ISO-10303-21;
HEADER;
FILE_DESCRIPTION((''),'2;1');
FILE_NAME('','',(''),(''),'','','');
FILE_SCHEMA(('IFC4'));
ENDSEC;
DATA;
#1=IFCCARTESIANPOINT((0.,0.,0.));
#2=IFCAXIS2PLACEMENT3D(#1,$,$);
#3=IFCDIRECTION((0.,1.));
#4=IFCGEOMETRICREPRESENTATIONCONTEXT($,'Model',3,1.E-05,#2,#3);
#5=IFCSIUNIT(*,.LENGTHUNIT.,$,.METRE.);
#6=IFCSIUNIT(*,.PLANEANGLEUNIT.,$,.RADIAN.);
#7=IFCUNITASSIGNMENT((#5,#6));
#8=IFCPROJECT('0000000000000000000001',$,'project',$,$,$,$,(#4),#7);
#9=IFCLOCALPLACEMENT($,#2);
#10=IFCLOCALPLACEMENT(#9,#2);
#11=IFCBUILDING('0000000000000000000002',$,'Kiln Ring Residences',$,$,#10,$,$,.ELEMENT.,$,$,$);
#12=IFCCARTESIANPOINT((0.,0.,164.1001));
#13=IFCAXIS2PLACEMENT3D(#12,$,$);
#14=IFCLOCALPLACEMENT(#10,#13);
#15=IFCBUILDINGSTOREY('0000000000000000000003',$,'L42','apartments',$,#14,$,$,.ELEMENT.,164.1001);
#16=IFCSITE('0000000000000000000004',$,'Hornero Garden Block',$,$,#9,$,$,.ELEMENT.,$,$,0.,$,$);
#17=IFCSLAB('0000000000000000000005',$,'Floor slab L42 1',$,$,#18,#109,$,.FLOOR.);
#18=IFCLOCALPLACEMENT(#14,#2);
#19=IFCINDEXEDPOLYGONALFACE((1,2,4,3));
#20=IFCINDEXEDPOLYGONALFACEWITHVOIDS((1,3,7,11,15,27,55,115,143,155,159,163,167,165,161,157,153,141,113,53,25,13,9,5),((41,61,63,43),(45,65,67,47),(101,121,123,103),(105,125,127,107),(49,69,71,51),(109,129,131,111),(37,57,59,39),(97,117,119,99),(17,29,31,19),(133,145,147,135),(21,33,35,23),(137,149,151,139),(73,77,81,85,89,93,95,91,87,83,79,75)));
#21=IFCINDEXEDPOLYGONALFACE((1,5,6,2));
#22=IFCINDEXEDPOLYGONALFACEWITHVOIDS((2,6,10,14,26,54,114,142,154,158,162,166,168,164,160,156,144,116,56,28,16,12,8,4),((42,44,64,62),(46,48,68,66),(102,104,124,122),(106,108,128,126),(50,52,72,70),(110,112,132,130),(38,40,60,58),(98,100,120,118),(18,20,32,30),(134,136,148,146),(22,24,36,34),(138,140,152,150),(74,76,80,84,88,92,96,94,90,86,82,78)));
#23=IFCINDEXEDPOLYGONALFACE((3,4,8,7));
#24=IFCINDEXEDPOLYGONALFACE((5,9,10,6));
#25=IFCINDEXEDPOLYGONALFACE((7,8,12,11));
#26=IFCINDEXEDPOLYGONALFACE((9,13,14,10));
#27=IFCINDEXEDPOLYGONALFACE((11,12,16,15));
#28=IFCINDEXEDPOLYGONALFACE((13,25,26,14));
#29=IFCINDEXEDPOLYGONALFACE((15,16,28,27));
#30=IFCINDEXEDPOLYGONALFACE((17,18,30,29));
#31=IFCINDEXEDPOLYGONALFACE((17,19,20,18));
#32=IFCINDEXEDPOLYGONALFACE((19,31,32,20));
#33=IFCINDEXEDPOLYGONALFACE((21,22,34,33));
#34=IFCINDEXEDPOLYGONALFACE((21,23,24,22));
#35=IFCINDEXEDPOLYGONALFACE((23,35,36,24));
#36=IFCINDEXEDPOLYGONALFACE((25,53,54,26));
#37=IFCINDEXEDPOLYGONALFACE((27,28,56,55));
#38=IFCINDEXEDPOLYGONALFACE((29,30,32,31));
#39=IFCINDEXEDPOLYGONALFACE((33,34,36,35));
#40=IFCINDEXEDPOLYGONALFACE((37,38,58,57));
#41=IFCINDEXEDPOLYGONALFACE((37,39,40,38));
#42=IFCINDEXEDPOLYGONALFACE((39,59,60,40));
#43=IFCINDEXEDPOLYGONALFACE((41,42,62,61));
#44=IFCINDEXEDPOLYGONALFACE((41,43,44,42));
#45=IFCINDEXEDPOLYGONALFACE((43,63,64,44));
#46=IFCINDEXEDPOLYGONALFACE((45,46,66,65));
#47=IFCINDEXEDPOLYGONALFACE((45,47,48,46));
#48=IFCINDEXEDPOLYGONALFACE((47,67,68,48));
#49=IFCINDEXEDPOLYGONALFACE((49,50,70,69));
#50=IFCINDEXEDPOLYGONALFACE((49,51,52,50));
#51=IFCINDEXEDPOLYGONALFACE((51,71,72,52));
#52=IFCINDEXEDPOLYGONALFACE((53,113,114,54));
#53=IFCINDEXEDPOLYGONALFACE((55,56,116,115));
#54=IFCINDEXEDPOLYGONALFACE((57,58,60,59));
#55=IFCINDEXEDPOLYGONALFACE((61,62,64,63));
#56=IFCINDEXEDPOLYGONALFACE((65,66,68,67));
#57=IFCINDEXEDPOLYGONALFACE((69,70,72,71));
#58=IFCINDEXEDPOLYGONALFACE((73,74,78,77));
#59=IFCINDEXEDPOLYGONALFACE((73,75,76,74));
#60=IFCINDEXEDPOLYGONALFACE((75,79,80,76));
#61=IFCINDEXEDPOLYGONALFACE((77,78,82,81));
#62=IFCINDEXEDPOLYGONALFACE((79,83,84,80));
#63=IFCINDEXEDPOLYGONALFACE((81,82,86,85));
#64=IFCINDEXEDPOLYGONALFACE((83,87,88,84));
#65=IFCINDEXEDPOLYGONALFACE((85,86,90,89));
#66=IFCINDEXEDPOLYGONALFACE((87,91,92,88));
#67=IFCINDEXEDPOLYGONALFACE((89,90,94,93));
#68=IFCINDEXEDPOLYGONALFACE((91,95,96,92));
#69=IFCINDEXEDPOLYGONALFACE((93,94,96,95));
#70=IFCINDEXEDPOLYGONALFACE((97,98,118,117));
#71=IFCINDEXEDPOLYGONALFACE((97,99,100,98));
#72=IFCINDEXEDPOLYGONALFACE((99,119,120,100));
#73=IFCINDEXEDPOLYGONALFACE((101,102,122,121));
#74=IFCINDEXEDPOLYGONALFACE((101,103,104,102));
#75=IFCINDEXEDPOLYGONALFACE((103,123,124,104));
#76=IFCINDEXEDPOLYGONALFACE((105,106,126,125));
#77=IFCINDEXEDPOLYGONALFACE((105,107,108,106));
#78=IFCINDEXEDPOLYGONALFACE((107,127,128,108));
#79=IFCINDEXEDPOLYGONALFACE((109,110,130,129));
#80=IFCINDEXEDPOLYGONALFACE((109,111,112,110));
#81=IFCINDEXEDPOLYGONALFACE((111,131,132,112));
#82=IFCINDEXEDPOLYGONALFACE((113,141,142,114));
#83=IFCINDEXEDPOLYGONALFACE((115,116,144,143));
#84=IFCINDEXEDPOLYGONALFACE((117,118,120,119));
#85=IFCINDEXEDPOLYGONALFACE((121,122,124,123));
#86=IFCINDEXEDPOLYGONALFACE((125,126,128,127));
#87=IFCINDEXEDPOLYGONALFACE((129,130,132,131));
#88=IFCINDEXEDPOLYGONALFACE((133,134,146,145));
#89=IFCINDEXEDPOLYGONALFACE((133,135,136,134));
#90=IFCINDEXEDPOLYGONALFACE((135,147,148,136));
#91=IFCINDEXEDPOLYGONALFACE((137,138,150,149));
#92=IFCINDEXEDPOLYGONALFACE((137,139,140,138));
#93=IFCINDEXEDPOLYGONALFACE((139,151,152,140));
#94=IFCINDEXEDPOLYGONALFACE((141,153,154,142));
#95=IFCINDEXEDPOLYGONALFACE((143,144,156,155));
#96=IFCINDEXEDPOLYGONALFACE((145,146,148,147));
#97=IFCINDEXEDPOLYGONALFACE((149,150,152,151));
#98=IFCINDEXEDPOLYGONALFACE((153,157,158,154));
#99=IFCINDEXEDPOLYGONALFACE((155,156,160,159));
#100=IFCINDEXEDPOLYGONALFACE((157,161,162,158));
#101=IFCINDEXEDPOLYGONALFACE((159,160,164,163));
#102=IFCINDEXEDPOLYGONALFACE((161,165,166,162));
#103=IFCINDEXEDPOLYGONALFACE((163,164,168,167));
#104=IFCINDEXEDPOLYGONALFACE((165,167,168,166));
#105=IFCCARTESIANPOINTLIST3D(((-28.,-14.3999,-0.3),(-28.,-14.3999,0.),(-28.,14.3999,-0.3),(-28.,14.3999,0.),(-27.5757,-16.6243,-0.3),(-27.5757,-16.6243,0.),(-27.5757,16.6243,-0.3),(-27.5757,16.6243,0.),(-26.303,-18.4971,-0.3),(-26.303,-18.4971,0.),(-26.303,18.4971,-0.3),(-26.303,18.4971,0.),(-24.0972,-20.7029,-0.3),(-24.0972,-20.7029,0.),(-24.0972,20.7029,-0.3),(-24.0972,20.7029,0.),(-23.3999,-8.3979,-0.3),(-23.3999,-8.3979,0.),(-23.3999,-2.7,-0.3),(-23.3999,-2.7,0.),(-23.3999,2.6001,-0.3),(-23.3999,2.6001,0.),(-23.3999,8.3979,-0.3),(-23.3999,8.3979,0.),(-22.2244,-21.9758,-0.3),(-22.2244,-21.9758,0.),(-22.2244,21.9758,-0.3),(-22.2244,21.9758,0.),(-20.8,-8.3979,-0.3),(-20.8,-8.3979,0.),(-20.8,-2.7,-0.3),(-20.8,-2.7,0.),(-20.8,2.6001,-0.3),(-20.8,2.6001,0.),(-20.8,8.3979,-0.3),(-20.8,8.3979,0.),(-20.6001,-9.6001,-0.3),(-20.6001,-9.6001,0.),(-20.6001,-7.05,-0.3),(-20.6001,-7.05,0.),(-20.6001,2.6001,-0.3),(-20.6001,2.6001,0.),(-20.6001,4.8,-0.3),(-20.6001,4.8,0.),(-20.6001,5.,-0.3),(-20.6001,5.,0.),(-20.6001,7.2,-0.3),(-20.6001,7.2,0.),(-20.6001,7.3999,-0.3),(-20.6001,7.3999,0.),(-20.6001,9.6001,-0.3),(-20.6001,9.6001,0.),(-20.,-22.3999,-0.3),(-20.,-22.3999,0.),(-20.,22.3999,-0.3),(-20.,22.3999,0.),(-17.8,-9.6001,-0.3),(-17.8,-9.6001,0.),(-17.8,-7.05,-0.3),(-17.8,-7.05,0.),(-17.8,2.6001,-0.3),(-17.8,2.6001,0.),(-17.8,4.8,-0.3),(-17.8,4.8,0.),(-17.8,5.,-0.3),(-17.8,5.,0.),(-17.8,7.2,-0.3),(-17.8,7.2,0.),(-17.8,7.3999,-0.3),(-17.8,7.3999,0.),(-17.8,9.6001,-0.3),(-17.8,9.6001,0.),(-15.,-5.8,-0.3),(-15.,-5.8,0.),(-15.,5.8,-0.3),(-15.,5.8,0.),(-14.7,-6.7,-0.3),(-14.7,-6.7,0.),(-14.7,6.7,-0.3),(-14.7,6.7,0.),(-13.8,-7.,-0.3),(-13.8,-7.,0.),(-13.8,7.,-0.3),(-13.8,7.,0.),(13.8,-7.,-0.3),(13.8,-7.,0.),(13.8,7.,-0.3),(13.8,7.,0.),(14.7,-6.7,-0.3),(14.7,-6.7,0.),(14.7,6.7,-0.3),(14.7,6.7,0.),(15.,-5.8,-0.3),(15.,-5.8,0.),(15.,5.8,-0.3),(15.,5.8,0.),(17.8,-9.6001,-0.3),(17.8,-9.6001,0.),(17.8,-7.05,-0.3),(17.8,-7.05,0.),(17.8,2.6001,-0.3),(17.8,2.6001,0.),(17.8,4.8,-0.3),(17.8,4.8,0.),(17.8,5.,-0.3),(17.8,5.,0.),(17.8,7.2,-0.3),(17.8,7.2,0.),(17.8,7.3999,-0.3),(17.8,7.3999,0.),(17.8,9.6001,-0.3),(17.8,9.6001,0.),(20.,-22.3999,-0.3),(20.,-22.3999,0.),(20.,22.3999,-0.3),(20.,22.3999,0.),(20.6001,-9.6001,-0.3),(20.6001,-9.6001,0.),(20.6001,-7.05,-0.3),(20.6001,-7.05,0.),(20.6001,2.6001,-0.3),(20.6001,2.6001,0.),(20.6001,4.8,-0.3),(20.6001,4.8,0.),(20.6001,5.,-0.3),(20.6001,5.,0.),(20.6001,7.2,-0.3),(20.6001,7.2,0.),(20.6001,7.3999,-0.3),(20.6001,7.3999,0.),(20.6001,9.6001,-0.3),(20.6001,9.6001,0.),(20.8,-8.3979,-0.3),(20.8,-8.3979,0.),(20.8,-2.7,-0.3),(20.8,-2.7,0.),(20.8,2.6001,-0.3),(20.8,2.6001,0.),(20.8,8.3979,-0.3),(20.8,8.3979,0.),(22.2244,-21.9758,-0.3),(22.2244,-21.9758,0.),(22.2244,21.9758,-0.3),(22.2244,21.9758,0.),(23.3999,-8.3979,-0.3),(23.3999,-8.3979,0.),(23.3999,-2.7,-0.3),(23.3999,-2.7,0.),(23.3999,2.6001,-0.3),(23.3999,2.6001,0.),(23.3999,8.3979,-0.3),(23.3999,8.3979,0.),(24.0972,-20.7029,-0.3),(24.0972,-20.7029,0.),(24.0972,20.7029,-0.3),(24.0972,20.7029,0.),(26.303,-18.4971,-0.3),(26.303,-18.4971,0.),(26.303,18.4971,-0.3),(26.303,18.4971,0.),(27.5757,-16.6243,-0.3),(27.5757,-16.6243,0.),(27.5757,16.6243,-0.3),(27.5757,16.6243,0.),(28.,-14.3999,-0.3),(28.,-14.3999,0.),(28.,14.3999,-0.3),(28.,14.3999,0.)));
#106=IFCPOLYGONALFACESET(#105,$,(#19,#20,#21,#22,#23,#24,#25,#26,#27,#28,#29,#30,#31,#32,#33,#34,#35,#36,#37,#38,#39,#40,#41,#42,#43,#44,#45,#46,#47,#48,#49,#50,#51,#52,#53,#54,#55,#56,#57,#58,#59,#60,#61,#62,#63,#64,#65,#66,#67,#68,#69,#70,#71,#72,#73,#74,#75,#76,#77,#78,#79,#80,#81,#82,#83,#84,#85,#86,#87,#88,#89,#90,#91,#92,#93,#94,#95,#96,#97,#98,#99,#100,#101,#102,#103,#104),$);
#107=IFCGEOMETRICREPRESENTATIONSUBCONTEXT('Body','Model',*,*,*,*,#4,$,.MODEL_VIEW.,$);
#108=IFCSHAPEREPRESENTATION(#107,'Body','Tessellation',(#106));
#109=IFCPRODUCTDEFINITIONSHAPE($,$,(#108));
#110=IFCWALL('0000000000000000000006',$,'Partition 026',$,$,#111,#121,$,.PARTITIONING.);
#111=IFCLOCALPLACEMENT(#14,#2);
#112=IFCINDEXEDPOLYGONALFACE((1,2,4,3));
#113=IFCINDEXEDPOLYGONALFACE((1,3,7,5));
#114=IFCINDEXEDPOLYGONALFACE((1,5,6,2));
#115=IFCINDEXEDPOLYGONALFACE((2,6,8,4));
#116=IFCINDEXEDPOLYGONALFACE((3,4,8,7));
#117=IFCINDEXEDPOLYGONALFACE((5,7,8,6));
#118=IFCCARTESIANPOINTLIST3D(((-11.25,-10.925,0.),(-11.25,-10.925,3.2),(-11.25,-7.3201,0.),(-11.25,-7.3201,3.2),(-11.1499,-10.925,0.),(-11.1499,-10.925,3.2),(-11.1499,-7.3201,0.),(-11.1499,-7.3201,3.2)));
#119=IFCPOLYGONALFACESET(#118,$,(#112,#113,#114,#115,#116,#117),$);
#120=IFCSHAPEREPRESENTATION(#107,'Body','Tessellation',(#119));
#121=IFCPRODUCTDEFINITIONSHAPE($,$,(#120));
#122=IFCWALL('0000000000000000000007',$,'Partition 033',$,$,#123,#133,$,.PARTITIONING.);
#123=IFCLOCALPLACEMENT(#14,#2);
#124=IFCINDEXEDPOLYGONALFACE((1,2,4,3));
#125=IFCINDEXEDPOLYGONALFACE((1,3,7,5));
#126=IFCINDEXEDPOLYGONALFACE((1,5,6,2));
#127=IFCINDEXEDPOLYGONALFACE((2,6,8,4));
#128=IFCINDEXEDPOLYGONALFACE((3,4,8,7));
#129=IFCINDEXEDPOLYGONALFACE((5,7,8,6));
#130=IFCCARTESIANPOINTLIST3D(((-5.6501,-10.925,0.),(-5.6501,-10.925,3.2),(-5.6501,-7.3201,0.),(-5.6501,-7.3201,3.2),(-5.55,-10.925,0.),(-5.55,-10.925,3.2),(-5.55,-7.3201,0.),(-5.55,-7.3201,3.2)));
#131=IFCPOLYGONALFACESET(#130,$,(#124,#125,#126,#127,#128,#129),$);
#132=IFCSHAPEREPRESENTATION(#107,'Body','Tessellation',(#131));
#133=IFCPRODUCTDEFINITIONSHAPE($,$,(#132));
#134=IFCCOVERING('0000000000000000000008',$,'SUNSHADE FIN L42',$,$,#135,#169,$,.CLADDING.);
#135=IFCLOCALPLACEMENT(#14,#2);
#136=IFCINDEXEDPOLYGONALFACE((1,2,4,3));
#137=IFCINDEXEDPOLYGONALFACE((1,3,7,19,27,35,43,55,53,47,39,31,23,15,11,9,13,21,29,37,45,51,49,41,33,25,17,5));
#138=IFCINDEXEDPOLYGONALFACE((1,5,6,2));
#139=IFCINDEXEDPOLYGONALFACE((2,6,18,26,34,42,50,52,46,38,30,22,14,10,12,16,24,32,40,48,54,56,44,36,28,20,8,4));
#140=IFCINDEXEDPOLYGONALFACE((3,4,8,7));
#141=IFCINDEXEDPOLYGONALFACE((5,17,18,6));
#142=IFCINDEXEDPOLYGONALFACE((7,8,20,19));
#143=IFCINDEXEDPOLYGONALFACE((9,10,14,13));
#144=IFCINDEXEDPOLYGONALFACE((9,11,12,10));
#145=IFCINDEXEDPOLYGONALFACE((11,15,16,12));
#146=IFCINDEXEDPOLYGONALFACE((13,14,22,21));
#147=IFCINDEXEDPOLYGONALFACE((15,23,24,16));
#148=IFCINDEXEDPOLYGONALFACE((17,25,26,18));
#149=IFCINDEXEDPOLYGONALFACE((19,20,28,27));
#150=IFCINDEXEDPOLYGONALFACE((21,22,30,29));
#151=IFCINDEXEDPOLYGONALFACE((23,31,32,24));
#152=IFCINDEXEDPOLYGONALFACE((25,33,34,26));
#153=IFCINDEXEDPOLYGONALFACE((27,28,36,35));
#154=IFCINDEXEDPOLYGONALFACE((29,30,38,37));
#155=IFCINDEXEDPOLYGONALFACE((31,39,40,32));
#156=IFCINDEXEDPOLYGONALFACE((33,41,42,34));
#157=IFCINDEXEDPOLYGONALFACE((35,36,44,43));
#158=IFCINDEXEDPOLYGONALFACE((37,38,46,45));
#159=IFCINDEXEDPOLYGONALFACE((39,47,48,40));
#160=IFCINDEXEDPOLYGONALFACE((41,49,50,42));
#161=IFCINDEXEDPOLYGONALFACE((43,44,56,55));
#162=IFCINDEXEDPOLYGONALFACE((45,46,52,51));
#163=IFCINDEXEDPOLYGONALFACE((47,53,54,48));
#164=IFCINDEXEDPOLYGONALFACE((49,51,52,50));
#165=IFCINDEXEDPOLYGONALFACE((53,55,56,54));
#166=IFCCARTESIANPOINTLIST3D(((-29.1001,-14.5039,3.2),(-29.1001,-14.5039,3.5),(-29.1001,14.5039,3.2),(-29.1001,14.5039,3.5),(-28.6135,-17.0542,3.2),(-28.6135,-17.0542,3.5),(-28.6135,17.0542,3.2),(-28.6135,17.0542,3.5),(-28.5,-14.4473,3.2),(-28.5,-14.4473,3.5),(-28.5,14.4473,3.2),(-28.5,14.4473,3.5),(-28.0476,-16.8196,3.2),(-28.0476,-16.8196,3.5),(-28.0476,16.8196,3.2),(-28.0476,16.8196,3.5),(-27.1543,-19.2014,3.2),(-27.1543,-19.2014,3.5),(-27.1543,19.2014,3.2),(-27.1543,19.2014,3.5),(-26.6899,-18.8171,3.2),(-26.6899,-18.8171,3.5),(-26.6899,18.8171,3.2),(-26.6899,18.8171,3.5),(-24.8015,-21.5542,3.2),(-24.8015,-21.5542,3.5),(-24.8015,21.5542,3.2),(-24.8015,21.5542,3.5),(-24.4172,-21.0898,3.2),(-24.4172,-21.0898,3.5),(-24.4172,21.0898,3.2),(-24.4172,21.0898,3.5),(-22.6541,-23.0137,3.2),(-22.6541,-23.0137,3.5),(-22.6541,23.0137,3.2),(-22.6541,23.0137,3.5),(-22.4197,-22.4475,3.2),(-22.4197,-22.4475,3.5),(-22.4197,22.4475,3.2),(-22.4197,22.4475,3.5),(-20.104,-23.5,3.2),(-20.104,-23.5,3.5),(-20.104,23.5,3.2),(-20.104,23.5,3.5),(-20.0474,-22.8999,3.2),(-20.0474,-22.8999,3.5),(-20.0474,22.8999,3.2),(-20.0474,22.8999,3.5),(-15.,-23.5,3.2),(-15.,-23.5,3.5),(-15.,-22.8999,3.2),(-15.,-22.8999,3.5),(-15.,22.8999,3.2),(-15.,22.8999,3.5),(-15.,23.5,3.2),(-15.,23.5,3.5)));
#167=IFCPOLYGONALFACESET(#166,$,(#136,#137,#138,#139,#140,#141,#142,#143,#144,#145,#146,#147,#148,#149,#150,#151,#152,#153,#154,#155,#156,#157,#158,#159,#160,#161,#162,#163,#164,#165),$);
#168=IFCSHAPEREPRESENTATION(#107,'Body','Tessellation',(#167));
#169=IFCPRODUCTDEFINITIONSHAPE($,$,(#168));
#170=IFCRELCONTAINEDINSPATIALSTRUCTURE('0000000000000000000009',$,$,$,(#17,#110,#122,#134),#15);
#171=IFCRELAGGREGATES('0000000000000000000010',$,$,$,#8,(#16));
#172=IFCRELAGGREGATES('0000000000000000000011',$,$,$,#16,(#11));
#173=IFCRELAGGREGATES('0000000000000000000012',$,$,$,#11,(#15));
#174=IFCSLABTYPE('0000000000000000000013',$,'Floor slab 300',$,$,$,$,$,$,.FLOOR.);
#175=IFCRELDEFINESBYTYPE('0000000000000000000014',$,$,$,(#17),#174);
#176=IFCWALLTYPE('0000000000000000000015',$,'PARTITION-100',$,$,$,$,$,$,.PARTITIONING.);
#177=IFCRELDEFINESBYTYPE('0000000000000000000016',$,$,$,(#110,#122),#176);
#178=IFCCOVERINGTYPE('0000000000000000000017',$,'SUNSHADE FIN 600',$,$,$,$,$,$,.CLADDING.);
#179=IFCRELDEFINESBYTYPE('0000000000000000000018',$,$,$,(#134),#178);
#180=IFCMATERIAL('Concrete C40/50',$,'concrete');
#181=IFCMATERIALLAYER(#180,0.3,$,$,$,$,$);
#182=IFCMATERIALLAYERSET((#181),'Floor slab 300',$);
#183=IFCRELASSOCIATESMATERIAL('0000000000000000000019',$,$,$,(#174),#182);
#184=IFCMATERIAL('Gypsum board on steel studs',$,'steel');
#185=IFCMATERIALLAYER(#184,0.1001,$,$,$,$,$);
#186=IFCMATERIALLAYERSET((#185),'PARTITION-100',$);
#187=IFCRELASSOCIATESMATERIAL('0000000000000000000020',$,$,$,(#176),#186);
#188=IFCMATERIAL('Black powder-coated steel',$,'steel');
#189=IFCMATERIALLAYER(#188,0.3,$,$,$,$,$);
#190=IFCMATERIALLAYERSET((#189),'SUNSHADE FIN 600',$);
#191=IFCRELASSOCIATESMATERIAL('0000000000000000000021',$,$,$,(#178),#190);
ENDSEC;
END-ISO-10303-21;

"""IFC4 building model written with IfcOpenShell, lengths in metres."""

from ifc_helpers import new_model, si_unit, direction, frame, frame_2d, origin, place, context, subcontext, project, spatial, polyline, rectangle, outline, extrude, material, layer, layer_set, type_object, element, save


model = new_model("IFC4")

# Units and contexts
model_context = context("Model", 3, precision=1e-05, world=origin(), true_north=direction((0.0, 1.0)))
body_context = subcontext(model_context, "Body", "Model", "MODEL_VIEW")
ifc_project = project(units=[si_unit("LENGTHUNIT", "METRE"), si_unit("PLANEANGLEUNIT", "RADIAN")], contexts=[model_context])

# Site, building, storey
site_placement = place(None, origin())
site = spatial("IfcSite", under=ifc_project, at=site_placement, Name="Hornero Garden Block", CompositionType="ELEMENT", RefElevation=0.0)
building_placement = place(site_placement, origin())
building = spatial("IfcBuilding", under=site, at=building_placement, Name="Kiln Ring Residences", CompositionType="ELEMENT")
storey_placement = place(building_placement, frame((0.0, 0.0, 164.1001)))
storey = spatial("IfcBuildingStorey", under=building, at=storey_placement, Name="L42", Description="apartments", CompositionType="ELEMENT", Elevation=164.1001)

# Slab
ifc_material_1 = material(Name="Concrete C40/50", Category="concrete")
ifc_layer_1 = layer(ifc_material_1, 0.3)
ifc_layer_set_1 = layer_set([ifc_layer_1], Name="Floor slab 300")
slab_type = type_object("IfcSlabType", Name="Floor slab 300", PredefinedType="FLOOR", material=ifc_layer_set_1)
slab_placement = place(storey_placement, frame((0.0, 0.0, -0.3)))
element("IfcSlab", 1, at=slab_placement, inside=storey, type_object=slab_type, Name="Floor slab L42 1", PredefinedType="FLOOR", context=body_context, shape_type="SweptSolid", body=[
    extrude(outline(polyline([(-26.303, -18.4971), (-24.0972, -20.7029), (-22.2244, -21.9758), (-20.0, -22.3999), (20.0, -22.3999), (22.2244, -21.9758), (24.0972, -20.7029), (26.303, -18.4971), (27.5757, -16.6243), (28.0, -14.3999), (28.0, 14.3999), (27.5757, 16.6243), (26.303, 18.4971), (24.0972, 20.7029), (22.2244, 21.9758), (20.0, 22.3999), (-20.0, 22.3999), (-22.2244, 21.9758), (-24.0972, 20.7029), (-26.303, 18.4971), (-27.5757, 16.6243), (-28.0, 14.3999), (-28.0, -14.3999), (-27.5757, -16.6243), (-26.303, -18.4971)]), holes=[polyline([(-14.7, -6.7), (-15.0, -5.8), (-15.0, 5.8), (-14.7, 6.7), (-13.8, 7.0), (13.8, 7.0), (14.7, 6.7), (15.0, 5.8), (15.0, -5.8), (14.7, -6.7), (13.8, -7.0), (-13.8, -7.0), (-14.7, -6.7)]), polyline([(20.8, -8.3979), (20.8, -2.7), (23.3999, -2.7), (23.3999, -8.3979), (20.8, -8.3979)]), polyline([(23.3999, 2.6001), (20.8, 2.6001), (20.8, 8.3979), (23.3999, 8.3979), (23.3999, 2.6001)]), polyline([(17.8, 2.6001), (17.8, 4.8), (20.6001, 4.8), (20.6001, 2.6001), (17.8, 2.6001)]), polyline([(17.8, 5.0), (17.8, 7.2), (20.6001, 7.2), (20.6001, 5.0), (17.8, 5.0)]), polyline([(17.8, 7.3999), (17.8, 9.6001), (20.6001, 9.6001), (20.6001, 7.3999), (17.8, 7.3999)]), polyline([(20.6001, -9.6001), (17.8, -9.6001), (17.8, -7.05), (20.6001, -7.05), (20.6001, -9.6001)]), polyline([(-17.8, -7.05), (-17.8, -9.6001), (-20.6001, -9.6001), (-20.6001, -7.05), (-17.8, -7.05)]), polyline([(-17.8, 2.6001), (-20.6001, 2.6001), (-20.6001, 4.8), (-17.8, 4.8), (-17.8, 2.6001)]), polyline([(-17.8, 5.0), (-20.6001, 5.0), (-20.6001, 7.2), (-17.8, 7.2), (-17.8, 5.0)]), polyline([(-17.8, 7.3999), (-20.6001, 7.3999), (-20.6001, 9.6001), (-17.8, 9.6001), (-17.8, 7.3999)]), polyline([(-20.8, -8.3979), (-23.3999, -8.3979), (-23.3999, -2.7), (-20.8, -2.7), (-20.8, -8.3979)]), polyline([(-20.8, 8.3979), (-20.8, 2.6001), (-23.3999, 2.6001), (-23.3999, 8.3979), (-20.8, 8.3979)])]), origin(), (0.0, 0.0, 1.0), 0.3),
])

# Walls
ifc_material_2 = material(Name="Gypsum board on steel studs", Category="steel")
ifc_layer_2 = layer(ifc_material_2, 0.1001)
ifc_layer_set_2 = layer_set([ifc_layer_2], Name="PARTITION-100")
wall_type = type_object("IfcWallType", Name="PARTITION-100", PredefinedType="PARTITIONING", material=ifc_layer_set_2)
for number, where, z_axis, x_axis, name in (
    (2, (-11.2, -10.925, 0.0), (0.0, 0.0, 1.0), (0.0, 1.0, 0.0), "Partition 026"),
    (3, (-5.6001, -10.925, 0.0), (0.0, 0.0, 1.0), (0.0, 1.0, 0.0), "Partition 033"),
):
    element("IfcWall", number, at=place(storey_placement, frame(where, z_axis=z_axis, x_axis=x_axis)), inside=storey, type_object=wall_type, Name=name, PredefinedType="PARTITIONING", context=body_context, shape_type="SweptSolid", body=[
        extrude(rectangle(XDim=3.605, YDim=0.1001, at=frame_2d((1.8025, 0.0))), origin(), (0.0, 0.0, 1.0), 3.2),
    ])

# Covering
ifc_material_3 = material(Name="Black powder-coated steel", Category="steel")
ifc_layer_3 = layer(ifc_material_3, 0.3)
ifc_layer_set_3 = layer_set([ifc_layer_3], Name="SUNSHADE FIN 600")
covering_type = type_object("IfcCoveringType", Name="SUNSHADE FIN 600", PredefinedType="CLADDING", material=ifc_layer_set_3)
covering_placement = place(storey_placement, frame((0.0, 0.0, 3.2)))
element("IfcCovering", 4, at=covering_placement, inside=storey, type_object=covering_type, Name="SUNSHADE FIN L42", PredefinedType="CLADDING", context=body_context, shape_type="SweptSolid", body=[
    extrude(outline(polyline([(-29.1001, -14.5039), (-28.6135, -17.0542), (-27.1543, -19.2014), (-24.8015, -21.5542), (-22.6541, -23.0137), (-20.104, -23.5), (-15.0, -23.5), (-15.0, -22.8999), (-20.0474, -22.8999), (-22.4197, -22.4475), (-24.4172, -21.0898), (-26.6899, -18.8171), (-28.0476, -16.8196), (-28.5, -14.4473), (-28.5, 14.4473), (-28.0476, 16.8196), (-26.6899, 18.8171), (-24.4172, 21.0898), (-22.4197, 22.4475), (-20.0474, 22.8999), (-15.0, 22.8999), (-15.0, 23.5), (-20.104, 23.5), (-22.6541, 23.0137), (-24.8015, 21.5542), (-27.1543, 19.2014), (-28.6135, 17.0542), (-29.1001, 14.5039), (-29.1001, -14.5039)])), origin(), (0.0, 0.0, 1.0), 0.3),
])

save(model, "model.ifc")
